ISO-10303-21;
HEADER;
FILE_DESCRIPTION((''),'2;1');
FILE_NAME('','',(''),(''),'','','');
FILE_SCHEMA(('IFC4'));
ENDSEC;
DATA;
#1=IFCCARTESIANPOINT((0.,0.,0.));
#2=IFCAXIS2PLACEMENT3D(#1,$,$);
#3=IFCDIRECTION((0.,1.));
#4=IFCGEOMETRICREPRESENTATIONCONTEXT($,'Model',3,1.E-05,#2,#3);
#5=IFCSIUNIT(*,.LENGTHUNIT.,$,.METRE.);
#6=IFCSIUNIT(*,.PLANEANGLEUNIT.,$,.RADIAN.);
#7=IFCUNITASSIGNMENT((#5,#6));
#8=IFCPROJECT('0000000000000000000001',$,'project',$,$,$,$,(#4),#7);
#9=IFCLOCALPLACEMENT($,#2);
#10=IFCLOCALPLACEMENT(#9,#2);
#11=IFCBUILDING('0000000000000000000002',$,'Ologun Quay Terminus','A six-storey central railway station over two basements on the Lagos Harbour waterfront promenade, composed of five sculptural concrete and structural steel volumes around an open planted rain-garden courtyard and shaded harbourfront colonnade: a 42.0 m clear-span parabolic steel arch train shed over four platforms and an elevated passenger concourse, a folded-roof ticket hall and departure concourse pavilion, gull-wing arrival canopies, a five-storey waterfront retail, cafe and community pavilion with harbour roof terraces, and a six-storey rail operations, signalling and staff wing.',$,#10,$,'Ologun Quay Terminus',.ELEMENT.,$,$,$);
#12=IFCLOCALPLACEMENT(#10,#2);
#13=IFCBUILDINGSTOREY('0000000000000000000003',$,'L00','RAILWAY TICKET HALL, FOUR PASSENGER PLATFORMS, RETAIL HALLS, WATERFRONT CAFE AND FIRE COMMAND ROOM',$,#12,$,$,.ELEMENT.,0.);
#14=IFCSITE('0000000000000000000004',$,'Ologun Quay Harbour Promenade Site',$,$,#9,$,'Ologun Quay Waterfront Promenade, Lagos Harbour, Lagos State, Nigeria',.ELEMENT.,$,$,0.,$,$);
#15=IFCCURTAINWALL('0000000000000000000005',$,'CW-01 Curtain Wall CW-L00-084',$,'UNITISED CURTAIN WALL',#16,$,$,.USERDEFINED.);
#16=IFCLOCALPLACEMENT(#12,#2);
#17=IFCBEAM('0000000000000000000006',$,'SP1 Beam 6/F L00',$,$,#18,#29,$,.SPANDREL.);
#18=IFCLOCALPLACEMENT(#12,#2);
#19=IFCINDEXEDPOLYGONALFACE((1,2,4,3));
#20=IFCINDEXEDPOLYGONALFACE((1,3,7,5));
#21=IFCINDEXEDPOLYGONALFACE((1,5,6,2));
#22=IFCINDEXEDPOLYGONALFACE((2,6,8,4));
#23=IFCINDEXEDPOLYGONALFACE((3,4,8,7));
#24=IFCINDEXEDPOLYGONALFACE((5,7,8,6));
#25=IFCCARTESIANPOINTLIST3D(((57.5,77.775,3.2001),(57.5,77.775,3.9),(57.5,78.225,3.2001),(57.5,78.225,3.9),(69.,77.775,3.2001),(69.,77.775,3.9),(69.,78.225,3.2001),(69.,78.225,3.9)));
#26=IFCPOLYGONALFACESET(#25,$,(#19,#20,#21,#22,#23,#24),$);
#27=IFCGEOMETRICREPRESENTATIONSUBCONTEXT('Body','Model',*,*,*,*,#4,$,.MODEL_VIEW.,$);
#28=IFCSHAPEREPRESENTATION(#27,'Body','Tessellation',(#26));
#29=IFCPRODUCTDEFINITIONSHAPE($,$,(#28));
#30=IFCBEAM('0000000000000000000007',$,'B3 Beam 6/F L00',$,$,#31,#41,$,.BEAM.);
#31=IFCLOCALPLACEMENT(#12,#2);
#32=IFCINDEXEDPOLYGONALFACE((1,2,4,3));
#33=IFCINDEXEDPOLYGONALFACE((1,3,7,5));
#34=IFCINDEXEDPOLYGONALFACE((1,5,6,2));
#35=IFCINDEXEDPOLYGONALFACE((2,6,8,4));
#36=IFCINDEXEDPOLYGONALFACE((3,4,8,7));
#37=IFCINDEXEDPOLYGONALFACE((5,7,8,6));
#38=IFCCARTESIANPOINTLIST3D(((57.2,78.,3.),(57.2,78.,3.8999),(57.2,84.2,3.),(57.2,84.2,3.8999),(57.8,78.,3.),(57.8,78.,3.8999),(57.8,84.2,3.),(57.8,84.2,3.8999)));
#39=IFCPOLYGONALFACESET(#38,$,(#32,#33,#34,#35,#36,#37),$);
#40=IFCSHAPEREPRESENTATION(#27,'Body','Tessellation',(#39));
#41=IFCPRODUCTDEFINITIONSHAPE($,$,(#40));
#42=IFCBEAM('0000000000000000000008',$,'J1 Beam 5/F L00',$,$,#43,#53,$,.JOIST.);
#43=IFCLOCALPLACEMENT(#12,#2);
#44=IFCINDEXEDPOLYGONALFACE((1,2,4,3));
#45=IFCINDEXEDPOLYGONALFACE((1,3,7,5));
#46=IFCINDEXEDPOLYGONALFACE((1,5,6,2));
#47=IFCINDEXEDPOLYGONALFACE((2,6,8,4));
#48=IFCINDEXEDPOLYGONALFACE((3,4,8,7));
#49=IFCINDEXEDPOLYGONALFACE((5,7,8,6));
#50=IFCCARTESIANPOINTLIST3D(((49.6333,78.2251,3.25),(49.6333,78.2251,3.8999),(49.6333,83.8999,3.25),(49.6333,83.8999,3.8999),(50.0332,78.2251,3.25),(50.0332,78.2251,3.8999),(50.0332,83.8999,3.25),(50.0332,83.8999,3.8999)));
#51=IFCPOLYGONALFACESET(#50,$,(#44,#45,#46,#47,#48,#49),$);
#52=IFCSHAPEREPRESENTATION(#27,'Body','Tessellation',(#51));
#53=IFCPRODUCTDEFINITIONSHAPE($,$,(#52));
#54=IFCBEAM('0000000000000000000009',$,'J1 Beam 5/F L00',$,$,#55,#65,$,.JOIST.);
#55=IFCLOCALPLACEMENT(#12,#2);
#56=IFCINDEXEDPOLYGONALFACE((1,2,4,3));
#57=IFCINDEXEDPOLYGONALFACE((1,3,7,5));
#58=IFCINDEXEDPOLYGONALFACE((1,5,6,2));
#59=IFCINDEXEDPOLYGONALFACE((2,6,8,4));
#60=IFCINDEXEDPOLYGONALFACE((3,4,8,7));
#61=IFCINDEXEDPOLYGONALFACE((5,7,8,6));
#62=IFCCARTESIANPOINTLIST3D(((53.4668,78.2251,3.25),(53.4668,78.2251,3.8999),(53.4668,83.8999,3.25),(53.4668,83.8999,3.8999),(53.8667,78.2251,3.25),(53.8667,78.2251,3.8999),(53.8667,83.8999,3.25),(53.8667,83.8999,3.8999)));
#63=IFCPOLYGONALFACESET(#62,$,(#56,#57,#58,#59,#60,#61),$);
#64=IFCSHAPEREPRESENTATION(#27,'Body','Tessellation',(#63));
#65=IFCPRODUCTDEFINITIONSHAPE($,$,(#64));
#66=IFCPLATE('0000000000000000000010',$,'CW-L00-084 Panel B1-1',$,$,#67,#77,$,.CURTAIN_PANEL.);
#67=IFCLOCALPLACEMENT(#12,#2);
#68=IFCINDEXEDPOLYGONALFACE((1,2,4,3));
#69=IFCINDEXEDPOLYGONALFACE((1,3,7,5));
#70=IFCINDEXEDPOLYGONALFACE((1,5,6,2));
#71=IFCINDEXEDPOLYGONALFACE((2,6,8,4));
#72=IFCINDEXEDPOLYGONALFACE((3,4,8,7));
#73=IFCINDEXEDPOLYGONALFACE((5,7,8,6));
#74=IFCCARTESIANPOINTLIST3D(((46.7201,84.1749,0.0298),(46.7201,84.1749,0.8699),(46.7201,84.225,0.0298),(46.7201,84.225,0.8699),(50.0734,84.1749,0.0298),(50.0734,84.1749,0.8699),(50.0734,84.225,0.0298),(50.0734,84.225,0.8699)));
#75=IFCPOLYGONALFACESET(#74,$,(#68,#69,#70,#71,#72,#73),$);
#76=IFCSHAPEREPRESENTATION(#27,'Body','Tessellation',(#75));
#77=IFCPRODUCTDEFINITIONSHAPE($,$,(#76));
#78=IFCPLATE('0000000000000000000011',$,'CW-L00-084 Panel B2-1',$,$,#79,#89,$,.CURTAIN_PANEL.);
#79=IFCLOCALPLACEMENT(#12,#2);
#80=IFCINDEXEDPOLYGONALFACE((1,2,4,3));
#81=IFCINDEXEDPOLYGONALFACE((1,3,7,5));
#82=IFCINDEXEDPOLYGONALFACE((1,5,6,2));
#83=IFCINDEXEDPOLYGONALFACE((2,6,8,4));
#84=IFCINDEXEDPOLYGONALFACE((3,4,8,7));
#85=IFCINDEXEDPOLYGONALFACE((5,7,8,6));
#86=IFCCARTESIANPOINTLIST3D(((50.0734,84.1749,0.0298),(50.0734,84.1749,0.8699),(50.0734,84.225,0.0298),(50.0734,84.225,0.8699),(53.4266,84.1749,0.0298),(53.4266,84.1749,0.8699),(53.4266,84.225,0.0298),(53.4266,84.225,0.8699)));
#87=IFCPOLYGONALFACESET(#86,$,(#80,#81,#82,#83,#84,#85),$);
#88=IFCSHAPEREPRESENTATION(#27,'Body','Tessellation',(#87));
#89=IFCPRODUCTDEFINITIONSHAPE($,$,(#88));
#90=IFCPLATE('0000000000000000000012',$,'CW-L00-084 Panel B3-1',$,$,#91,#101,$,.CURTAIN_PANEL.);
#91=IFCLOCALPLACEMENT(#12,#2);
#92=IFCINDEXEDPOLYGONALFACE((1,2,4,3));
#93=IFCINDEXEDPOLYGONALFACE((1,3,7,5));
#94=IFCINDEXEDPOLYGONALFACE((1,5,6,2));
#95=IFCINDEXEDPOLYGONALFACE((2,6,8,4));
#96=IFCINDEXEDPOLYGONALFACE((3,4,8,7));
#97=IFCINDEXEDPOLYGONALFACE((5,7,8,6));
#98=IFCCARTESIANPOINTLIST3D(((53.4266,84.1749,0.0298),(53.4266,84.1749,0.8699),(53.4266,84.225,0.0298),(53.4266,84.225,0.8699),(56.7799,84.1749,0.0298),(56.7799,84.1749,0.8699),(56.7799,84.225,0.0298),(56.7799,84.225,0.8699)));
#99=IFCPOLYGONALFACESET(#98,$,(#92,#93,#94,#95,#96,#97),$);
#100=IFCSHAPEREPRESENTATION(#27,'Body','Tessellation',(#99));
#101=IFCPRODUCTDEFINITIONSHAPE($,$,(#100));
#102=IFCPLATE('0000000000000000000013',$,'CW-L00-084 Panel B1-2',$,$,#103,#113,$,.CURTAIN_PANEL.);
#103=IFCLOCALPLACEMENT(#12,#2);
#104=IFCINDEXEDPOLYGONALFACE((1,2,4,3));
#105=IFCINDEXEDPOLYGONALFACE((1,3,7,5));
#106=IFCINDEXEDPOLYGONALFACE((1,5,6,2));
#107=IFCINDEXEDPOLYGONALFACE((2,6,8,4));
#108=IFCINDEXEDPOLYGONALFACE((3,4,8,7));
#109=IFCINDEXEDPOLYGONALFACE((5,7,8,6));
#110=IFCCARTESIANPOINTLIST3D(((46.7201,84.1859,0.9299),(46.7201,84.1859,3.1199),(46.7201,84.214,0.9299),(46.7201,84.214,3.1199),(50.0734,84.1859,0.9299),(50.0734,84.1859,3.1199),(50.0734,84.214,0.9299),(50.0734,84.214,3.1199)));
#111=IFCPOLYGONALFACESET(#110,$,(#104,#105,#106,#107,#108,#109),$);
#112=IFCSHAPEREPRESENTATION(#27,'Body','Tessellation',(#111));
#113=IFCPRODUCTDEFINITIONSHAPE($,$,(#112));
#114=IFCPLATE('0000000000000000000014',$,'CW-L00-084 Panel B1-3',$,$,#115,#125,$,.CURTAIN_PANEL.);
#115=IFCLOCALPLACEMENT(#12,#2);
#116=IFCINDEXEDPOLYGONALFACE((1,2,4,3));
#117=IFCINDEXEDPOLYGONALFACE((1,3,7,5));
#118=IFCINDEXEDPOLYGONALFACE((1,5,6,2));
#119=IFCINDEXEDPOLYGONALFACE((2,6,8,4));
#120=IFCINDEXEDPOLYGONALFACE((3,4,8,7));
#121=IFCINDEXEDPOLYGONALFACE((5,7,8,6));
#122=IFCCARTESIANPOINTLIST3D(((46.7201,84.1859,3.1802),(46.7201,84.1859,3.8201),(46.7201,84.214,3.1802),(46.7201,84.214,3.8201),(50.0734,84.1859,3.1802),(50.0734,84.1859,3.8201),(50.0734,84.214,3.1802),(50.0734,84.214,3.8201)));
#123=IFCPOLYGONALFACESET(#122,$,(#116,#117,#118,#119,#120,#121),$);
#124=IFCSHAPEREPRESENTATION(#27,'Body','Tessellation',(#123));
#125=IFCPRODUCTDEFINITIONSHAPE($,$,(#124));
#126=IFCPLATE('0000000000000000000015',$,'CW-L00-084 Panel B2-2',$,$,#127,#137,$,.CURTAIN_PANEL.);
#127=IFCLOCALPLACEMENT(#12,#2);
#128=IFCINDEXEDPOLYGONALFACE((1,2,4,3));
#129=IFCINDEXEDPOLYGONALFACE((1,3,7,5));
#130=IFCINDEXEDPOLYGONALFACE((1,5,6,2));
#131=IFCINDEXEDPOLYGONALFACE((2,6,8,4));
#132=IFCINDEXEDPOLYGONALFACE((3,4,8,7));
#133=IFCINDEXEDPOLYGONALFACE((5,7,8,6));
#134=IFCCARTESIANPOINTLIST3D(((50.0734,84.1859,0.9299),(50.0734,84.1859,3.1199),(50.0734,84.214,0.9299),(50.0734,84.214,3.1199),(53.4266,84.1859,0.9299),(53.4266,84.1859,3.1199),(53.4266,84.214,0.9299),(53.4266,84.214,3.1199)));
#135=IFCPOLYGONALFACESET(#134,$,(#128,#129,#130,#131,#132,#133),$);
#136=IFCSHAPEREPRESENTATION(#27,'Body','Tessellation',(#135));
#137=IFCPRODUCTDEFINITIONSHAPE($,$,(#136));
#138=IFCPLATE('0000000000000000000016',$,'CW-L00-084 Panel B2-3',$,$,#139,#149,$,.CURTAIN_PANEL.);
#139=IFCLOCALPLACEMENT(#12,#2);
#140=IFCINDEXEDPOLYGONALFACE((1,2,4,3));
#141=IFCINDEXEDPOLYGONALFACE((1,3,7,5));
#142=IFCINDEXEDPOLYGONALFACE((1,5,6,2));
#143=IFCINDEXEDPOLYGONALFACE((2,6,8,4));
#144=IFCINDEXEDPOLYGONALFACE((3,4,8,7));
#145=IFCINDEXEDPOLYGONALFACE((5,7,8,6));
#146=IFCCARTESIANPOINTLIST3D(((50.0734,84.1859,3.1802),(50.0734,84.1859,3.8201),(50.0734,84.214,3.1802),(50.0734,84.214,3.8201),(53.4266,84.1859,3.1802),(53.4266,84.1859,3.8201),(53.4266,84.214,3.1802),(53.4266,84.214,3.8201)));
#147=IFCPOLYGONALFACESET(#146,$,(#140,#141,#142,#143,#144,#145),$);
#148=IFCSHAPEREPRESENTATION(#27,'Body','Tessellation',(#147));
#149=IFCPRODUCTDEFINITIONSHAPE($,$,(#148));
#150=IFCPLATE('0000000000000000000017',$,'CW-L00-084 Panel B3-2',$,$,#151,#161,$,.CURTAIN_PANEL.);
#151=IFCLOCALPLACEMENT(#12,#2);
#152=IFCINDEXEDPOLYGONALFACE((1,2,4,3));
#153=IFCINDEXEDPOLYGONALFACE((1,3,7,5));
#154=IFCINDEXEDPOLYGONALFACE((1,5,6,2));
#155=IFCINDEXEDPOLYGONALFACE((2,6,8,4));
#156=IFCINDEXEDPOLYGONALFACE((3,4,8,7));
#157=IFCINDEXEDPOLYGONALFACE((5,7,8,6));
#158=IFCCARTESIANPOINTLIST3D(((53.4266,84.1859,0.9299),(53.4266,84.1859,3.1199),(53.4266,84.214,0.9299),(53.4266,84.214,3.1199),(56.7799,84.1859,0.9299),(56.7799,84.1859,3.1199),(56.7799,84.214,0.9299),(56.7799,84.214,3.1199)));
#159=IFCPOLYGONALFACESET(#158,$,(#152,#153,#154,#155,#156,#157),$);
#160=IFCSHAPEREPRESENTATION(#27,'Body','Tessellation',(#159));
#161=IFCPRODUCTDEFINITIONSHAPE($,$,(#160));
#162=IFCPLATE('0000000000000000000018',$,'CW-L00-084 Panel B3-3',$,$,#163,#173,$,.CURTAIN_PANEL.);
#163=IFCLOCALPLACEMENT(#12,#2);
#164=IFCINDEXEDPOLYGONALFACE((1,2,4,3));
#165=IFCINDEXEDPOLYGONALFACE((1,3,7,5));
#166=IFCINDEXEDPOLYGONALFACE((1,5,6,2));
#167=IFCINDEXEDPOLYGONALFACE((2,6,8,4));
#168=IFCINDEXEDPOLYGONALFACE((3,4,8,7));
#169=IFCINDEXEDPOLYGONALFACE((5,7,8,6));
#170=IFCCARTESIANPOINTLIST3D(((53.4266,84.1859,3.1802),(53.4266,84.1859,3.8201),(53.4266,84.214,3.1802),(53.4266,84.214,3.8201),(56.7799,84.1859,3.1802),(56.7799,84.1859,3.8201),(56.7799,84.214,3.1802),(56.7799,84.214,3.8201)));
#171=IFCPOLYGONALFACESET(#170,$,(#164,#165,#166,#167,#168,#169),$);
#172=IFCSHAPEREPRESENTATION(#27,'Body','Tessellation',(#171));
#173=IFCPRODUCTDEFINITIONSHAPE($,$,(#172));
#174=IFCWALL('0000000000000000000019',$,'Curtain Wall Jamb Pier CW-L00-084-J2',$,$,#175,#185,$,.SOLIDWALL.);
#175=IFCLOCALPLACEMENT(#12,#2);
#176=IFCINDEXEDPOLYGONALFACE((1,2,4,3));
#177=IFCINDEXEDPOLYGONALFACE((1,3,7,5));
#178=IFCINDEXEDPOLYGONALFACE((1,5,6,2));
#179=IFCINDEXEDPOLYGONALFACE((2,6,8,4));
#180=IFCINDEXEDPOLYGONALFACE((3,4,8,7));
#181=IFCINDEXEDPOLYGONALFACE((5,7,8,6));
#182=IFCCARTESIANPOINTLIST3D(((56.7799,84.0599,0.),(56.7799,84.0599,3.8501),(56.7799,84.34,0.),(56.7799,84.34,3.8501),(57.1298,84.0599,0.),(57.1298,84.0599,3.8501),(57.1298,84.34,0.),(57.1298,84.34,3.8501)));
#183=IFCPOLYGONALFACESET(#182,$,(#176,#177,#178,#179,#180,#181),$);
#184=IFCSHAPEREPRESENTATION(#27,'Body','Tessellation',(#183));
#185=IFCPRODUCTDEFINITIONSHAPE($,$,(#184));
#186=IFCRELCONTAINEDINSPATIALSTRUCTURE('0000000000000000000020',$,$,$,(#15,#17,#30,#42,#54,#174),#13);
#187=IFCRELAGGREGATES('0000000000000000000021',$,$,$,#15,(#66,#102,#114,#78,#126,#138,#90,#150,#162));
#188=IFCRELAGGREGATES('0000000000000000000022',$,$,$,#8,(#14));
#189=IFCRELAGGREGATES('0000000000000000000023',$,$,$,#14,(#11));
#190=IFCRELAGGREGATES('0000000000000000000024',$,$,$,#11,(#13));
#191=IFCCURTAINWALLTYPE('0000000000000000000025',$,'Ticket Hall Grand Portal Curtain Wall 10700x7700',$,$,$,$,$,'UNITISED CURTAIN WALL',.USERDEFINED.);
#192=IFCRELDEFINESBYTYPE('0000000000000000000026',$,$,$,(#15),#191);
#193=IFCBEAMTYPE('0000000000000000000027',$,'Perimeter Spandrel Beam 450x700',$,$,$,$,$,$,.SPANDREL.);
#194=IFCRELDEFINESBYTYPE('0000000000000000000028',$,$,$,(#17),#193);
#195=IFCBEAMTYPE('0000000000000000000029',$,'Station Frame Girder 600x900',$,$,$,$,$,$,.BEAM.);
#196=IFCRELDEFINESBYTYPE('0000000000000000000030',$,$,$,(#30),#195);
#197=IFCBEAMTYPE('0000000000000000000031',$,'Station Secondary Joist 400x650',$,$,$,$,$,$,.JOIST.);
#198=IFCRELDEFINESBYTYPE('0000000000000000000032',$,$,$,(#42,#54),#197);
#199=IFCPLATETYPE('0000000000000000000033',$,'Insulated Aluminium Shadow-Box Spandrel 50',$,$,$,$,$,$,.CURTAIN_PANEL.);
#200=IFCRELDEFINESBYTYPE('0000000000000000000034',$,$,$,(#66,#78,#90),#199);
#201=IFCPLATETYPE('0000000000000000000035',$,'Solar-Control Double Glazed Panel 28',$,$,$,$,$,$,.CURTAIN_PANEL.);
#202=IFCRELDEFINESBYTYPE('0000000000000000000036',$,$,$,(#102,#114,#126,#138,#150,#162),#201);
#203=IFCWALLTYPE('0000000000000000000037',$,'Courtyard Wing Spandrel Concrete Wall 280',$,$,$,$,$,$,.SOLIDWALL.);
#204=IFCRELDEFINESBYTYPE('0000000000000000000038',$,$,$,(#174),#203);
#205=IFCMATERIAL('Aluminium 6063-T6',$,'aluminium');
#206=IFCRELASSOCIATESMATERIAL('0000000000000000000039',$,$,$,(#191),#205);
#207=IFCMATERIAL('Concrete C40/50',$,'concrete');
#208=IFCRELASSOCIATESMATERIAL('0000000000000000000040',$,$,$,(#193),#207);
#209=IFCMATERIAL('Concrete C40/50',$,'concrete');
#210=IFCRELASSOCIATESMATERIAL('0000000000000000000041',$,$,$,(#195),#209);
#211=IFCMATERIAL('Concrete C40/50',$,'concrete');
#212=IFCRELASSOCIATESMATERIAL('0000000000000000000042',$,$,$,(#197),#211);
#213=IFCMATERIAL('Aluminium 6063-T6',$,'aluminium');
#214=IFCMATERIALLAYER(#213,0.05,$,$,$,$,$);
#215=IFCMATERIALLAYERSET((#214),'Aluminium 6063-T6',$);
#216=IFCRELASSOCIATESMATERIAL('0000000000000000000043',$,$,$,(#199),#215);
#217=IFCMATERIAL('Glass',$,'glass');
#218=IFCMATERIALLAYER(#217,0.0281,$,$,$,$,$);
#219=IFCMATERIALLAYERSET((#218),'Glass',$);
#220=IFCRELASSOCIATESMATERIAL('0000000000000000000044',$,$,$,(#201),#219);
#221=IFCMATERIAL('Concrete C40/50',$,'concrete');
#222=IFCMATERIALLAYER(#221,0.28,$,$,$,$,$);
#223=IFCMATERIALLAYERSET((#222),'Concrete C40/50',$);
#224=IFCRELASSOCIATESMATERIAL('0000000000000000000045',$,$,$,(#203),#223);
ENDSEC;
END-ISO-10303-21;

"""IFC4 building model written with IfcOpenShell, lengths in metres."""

from ifc_helpers import new_model, si_unit, direction, frame, frame_2d, origin, origin_2d, place, context, subcontext, project, spatial, rectangle, extrude, material, layer, layer_set, material_profile, profile_set, type_object, element, aggregate, save


model = new_model("IFC4")

# Units and contexts
model_context = context("Model", 3, precision=1e-05, world=origin(), true_north=direction((0.0, 1.0)))
body_context = subcontext(model_context, "Body", "Model", "MODEL_VIEW")
ifc_project = project(units=[si_unit("LENGTHUNIT", "METRE"), si_unit("PLANEANGLEUNIT", "RADIAN")], contexts=[model_context])

# Site, building, storey
site_placement = place(None, origin())
site = spatial("IfcSite", under=ifc_project, at=site_placement, Name="Ologun Quay Harbour Promenade Site", LongName="Ologun Quay Waterfront Promenade, Lagos Harbour, Lagos State, Nigeria", CompositionType="ELEMENT", RefElevation=0.0)
building_placement = place(site_placement, origin())
building = spatial("IfcBuilding", under=site, at=building_placement, Name="Ologun Quay Terminus", Description="A six-storey central railway station over two basements on the Lagos Harbour waterfront promenade, composed of five sculptural concrete and structural steel volumes around an open planted rain-garden courtyard and shaded harbourfront colonnade: a 42.0 m clear-span parabolic steel arch train shed over four platforms and an elevated passenger concourse, a folded-roof ticket hall and departure concourse pavilion, gull-wing arrival canopies, a five-storey waterfront retail, cafe and community pavilion with harbour roof terraces, and a six-storey rail operations, signalling and staff wing.", LongName="Ologun Quay Terminus", CompositionType="ELEMENT")
storey_placement = place(building_placement, origin())
storey = spatial("IfcBuildingStorey", under=building, at=storey_placement, Name="L00", Description="RAILWAY TICKET HALL, FOUR PASSENGER PLATFORMS, RETAIL HALLS, WATERFRONT CAFE AND FIRE COMMAND ROOM", CompositionType="ELEMENT", Elevation=0.0)

# Curtain wall
ifc_material_1 = material(Name="Aluminium 6063-T6", Category="aluminium")
curtain_wall_type = type_object("IfcCurtainWallType", Name="Ticket Hall Grand Portal Curtain Wall 10700x7700", ElementType="UNITISED CURTAIN WALL", PredefinedType="USERDEFINED", material=ifc_material_1)
curtain_wall_placement = place(storey_placement, origin())
curtain_wall = element("IfcCurtainWall", 1, at=curtain_wall_placement, inside=storey, type_object=curtain_wall_type, Name="CW-01 Curtain Wall CW-L00-084", ObjectType="UNITISED CURTAIN WALL", PredefinedType="USERDEFINED")

# Beams
ifc_material_2 = material(Name="Concrete C40/50", Category="concrete")
ifc_material_profile_1 = material_profile(ifc_material_2, rectangle(XDim=0.45, YDim=0.7, at=origin_2d()), Name="RC 450x700")
ifc_profile_set_1 = profile_set([ifc_material_profile_1], Name="Concrete C40/50")
beam_type_1 = type_object("IfcBeamType", Name="Perimeter Spandrel Beam 450x700", PredefinedType="SPANDREL", material=ifc_profile_set_1)
beam_1_placement = place(storey_placement, frame((57.5, 78.0, 3.55), z_axis=(1.0, 0.0, 0.0), x_axis=(0.0, 1.0, 0.0)))
element("IfcBeam", 2, at=beam_1_placement, inside=storey, type_object=beam_type_1, Name="SP1 Beam 6/F L00", PredefinedType="SPANDREL", context=body_context, shape_type="SweptSolid", body=[
    extrude(rectangle(XDim=0.45, YDim=0.7, at=origin_2d()), origin(), (0.0, 0.0, 1.0), 11.5),
])
ifc_material_3 = material(Name="Concrete C40/50", Category="concrete")
ifc_material_profile_2 = material_profile(ifc_material_3, rectangle(XDim=0.6001, YDim=0.8999, at=origin_2d()), Name="RC 600x900")
ifc_profile_set_2 = profile_set([ifc_material_profile_2], Name="Concrete C40/50")
beam_type_2 = type_object("IfcBeamType", Name="Station Frame Girder 600x900", PredefinedType="BEAM", material=ifc_profile_set_2)
beam_2_placement = place(storey_placement, frame((57.5, 78.0, 3.45), z_axis=(0.0, 1.0, 0.0), x_axis=(-1.0, 0.0, 0.0)))
element("IfcBeam", 3, at=beam_2_placement, inside=storey, type_object=beam_type_2, Name="B3 Beam 6/F L00", PredefinedType="BEAM", context=body_context, shape_type="SweptSolid", body=[
    extrude(rectangle(XDim=0.6001, YDim=0.8999, at=origin_2d()), origin(), (0.0, 0.0, 1.0), 6.2),
])
ifc_material_4 = material(Name="Concrete C40/50", Category="concrete")
ifc_material_profile_3 = material_profile(ifc_material_4, rectangle(XDim=0.3999, YDim=0.6499, at=origin_2d()), Name="RC 400x650")
ifc_profile_set_3 = profile_set([ifc_material_profile_3], Name="Concrete C40/50")
beam_type_3 = type_object("IfcBeamType", Name="Station Secondary Joist 400x650", PredefinedType="JOIST", material=ifc_profile_set_3)
for number, where, z_axis, x_axis, name in (
    (4, (49.8333, 78.2251, 3.575), (0.0, 1.0, 0.0), (-1.0, 0.0, 0.0), "J1 Beam 5/F L00"),
    (5, (53.6667, 78.2251, 3.575), (0.0, 1.0, 0.0), (-1.0, 0.0, 0.0), "J1 Beam 5/F L00"),
):
    element("IfcBeam", number, at=place(storey_placement, frame(where, z_axis=z_axis, x_axis=x_axis)), inside=storey, type_object=beam_type_3, Name=name, PredefinedType="JOIST", context=body_context, shape_type="SweptSolid", body=[
        extrude(rectangle(XDim=0.3999, YDim=0.6499, at=origin_2d()), origin(), (0.0, 0.0, 1.0), 5.6748),
    ])

# Plates
ifc_material_5 = material(Name="Aluminium 6063-T6", Category="aluminium")
ifc_layer_1 = layer(ifc_material_5, 0.05)
ifc_layer_set_1 = layer_set([ifc_layer_1], Name="Aluminium 6063-T6")
plate_type_1 = type_object("IfcPlateType", Name="Insulated Aluminium Shadow-Box Spandrel 50", PredefinedType="CURTAIN_PANEL", material=ifc_layer_set_1)
plate_1_placement = place(storey_placement, frame((48.3967, 84.2, 0.0298), z_axis=(0.0, 0.0, 1.0), x_axis=(1.0, 0.0, 0.0)))
plate_1 = element("IfcPlate", 6, at=plate_1_placement, type_object=plate_type_1, Name="CW-L00-084 Panel B1-1", PredefinedType="CURTAIN_PANEL", context=body_context, shape_type="SweptSolid", body=[
    extrude(rectangle(XDim=3.3533, YDim=0.05, at=origin_2d()), origin(), (0.0, 0.0, 1.0), 0.8401),
])
plate_2_placement = place(storey_placement, frame((51.75, 84.2, 0.0298), z_axis=(0.0, 0.0, 1.0), x_axis=(1.0, 0.0, 0.0)))
plate_2 = element("IfcPlate", 7, at=plate_2_placement, type_object=plate_type_1, Name="CW-L00-084 Panel B2-1", PredefinedType="CURTAIN_PANEL", context=body_context, shape_type="SweptSolid", body=[
    extrude(rectangle(XDim=3.3533, YDim=0.05, at=origin_2d()), origin(), (0.0, 0.0, 1.0), 0.8401),
])
plate_3_placement = place(storey_placement, frame((55.1033, 84.2, 0.0298), z_axis=(0.0, 0.0, 1.0), x_axis=(1.0, 0.0, 0.0)))
plate_3 = element("IfcPlate", 8, at=plate_3_placement, type_object=plate_type_1, Name="CW-L00-084 Panel B3-1", PredefinedType="CURTAIN_PANEL", context=body_context, shape_type="SweptSolid", body=[
    extrude(rectangle(XDim=3.3533, YDim=0.05, at=origin_2d()), origin(), (0.0, 0.0, 1.0), 0.8401),
])
ifc_material_6 = material(Name="Glass", Category="glass")
ifc_layer_2 = layer(ifc_material_6, 0.0281)
ifc_layer_set_2 = layer_set([ifc_layer_2], Name="Glass")
plate_type_2 = type_object("IfcPlateType", Name="Solar-Control Double Glazed Panel 28", PredefinedType="CURTAIN_PANEL", material=ifc_layer_set_2)
plate_4_placement = place(storey_placement, frame((48.3967, 84.2, 0.9299), z_axis=(0.0, 0.0, 1.0), x_axis=(1.0, 0.0, 0.0)))
plate_4 = element("IfcPlate", 9, at=plate_4_placement, type_object=plate_type_2, Name="CW-L00-084 Panel B1-2", PredefinedType="CURTAIN_PANEL", context=body_context, shape_type="SweptSolid", body=[
    extrude(rectangle(XDim=3.3533, YDim=0.0281, at=origin_2d()), origin(), (0.0, 0.0, 1.0), 2.1899),
])
plate_5_placement = place(storey_placement, frame((48.3967, 84.2, 3.1802), z_axis=(0.0, 0.0, 1.0), x_axis=(1.0, 0.0, 0.0)))
plate_5 = element("IfcPlate", 10, at=plate_5_placement, type_object=plate_type_2, Name="CW-L00-084 Panel B1-3", PredefinedType="CURTAIN_PANEL", context=body_context, shape_type="SweptSolid", body=[
    extrude(rectangle(XDim=3.3533, YDim=0.0281, at=origin_2d()), origin(), (0.0, 0.0, 1.0), 0.6399),
])
plate_6_placement = place(storey_placement, frame((51.75, 84.2, 0.9299), z_axis=(0.0, 0.0, 1.0), x_axis=(1.0, 0.0, 0.0)))
plate_6 = element("IfcPlate", 11, at=plate_6_placement, type_object=plate_type_2, Name="CW-L00-084 Panel B2-2", PredefinedType="CURTAIN_PANEL", context=body_context, shape_type="SweptSolid", body=[
    extrude(rectangle(XDim=3.3533, YDim=0.0281, at=origin_2d()), origin(), (0.0, 0.0, 1.0), 2.1899),
])
plate_7_placement = place(storey_placement, frame((51.75, 84.2, 3.1802), z_axis=(0.0, 0.0, 1.0), x_axis=(1.0, 0.0, 0.0)))
plate_7 = element("IfcPlate", 12, at=plate_7_placement, type_object=plate_type_2, Name="CW-L00-084 Panel B2-3", PredefinedType="CURTAIN_PANEL", context=body_context, shape_type="SweptSolid", body=[
    extrude(rectangle(XDim=3.3533, YDim=0.0281, at=origin_2d()), origin(), (0.0, 0.0, 1.0), 0.6399),
])
plate_8_placement = place(storey_placement, frame((55.1033, 84.2, 0.9299), z_axis=(0.0, 0.0, 1.0), x_axis=(1.0, 0.0, 0.0)))
plate_8 = element("IfcPlate", 13, at=plate_8_placement, type_object=plate_type_2, Name="CW-L00-084 Panel B3-2", PredefinedType="CURTAIN_PANEL", context=body_context, shape_type="SweptSolid", body=[
    extrude(rectangle(XDim=3.3533, YDim=0.0281, at=origin_2d()), origin(), (0.0, 0.0, 1.0), 2.1899),
])
plate_9_placement = place(storey_placement, frame((55.1033, 84.2, 3.1802), z_axis=(0.0, 0.0, 1.0), x_axis=(1.0, 0.0, 0.0)))
plate_9 = element("IfcPlate", 14, at=plate_9_placement, type_object=plate_type_2, Name="CW-L00-084 Panel B3-3", PredefinedType="CURTAIN_PANEL", context=body_context, shape_type="SweptSolid", body=[
    extrude(rectangle(XDim=3.3533, YDim=0.0281, at=origin_2d()), origin(), (0.0, 0.0, 1.0), 0.6399),
])
aggregate(curtain_wall, [plate_1, plate_4, plate_5, plate_2, plate_6, plate_7, plate_3, plate_8, plate_9])

# Wall
ifc_material_7 = material(Name="Concrete C40/50", Category="concrete")
ifc_layer_3 = layer(ifc_material_7, 0.28)
ifc_layer_set_3 = layer_set([ifc_layer_3], Name="Concrete C40/50")
wall_type_1 = type_object("IfcWallType", Name="Courtyard Wing Spandrel Concrete Wall 280", PredefinedType="SOLIDWALL", material=ifc_layer_set_3)
wall_1_placement = place(storey_placement, frame((56.78, 84.2, 0.0), z_axis=(0.0, 0.0, 1.0), x_axis=(1.0, 0.0, 0.0)))
element("IfcWall", 15, at=wall_1_placement, inside=storey, type_object=wall_type_1, Name="Curtain Wall Jamb Pier CW-L00-084-J2", PredefinedType="SOLIDWALL", context=body_context, shape_type="SweptSolid", body=[
    extrude(rectangle(XDim=0.3499, YDim=0.28, at=frame_2d((0.1748, 0.0))), origin(), (0.0, 0.0, 1.0), 3.8501),
])

save(model, "model.ifc")
